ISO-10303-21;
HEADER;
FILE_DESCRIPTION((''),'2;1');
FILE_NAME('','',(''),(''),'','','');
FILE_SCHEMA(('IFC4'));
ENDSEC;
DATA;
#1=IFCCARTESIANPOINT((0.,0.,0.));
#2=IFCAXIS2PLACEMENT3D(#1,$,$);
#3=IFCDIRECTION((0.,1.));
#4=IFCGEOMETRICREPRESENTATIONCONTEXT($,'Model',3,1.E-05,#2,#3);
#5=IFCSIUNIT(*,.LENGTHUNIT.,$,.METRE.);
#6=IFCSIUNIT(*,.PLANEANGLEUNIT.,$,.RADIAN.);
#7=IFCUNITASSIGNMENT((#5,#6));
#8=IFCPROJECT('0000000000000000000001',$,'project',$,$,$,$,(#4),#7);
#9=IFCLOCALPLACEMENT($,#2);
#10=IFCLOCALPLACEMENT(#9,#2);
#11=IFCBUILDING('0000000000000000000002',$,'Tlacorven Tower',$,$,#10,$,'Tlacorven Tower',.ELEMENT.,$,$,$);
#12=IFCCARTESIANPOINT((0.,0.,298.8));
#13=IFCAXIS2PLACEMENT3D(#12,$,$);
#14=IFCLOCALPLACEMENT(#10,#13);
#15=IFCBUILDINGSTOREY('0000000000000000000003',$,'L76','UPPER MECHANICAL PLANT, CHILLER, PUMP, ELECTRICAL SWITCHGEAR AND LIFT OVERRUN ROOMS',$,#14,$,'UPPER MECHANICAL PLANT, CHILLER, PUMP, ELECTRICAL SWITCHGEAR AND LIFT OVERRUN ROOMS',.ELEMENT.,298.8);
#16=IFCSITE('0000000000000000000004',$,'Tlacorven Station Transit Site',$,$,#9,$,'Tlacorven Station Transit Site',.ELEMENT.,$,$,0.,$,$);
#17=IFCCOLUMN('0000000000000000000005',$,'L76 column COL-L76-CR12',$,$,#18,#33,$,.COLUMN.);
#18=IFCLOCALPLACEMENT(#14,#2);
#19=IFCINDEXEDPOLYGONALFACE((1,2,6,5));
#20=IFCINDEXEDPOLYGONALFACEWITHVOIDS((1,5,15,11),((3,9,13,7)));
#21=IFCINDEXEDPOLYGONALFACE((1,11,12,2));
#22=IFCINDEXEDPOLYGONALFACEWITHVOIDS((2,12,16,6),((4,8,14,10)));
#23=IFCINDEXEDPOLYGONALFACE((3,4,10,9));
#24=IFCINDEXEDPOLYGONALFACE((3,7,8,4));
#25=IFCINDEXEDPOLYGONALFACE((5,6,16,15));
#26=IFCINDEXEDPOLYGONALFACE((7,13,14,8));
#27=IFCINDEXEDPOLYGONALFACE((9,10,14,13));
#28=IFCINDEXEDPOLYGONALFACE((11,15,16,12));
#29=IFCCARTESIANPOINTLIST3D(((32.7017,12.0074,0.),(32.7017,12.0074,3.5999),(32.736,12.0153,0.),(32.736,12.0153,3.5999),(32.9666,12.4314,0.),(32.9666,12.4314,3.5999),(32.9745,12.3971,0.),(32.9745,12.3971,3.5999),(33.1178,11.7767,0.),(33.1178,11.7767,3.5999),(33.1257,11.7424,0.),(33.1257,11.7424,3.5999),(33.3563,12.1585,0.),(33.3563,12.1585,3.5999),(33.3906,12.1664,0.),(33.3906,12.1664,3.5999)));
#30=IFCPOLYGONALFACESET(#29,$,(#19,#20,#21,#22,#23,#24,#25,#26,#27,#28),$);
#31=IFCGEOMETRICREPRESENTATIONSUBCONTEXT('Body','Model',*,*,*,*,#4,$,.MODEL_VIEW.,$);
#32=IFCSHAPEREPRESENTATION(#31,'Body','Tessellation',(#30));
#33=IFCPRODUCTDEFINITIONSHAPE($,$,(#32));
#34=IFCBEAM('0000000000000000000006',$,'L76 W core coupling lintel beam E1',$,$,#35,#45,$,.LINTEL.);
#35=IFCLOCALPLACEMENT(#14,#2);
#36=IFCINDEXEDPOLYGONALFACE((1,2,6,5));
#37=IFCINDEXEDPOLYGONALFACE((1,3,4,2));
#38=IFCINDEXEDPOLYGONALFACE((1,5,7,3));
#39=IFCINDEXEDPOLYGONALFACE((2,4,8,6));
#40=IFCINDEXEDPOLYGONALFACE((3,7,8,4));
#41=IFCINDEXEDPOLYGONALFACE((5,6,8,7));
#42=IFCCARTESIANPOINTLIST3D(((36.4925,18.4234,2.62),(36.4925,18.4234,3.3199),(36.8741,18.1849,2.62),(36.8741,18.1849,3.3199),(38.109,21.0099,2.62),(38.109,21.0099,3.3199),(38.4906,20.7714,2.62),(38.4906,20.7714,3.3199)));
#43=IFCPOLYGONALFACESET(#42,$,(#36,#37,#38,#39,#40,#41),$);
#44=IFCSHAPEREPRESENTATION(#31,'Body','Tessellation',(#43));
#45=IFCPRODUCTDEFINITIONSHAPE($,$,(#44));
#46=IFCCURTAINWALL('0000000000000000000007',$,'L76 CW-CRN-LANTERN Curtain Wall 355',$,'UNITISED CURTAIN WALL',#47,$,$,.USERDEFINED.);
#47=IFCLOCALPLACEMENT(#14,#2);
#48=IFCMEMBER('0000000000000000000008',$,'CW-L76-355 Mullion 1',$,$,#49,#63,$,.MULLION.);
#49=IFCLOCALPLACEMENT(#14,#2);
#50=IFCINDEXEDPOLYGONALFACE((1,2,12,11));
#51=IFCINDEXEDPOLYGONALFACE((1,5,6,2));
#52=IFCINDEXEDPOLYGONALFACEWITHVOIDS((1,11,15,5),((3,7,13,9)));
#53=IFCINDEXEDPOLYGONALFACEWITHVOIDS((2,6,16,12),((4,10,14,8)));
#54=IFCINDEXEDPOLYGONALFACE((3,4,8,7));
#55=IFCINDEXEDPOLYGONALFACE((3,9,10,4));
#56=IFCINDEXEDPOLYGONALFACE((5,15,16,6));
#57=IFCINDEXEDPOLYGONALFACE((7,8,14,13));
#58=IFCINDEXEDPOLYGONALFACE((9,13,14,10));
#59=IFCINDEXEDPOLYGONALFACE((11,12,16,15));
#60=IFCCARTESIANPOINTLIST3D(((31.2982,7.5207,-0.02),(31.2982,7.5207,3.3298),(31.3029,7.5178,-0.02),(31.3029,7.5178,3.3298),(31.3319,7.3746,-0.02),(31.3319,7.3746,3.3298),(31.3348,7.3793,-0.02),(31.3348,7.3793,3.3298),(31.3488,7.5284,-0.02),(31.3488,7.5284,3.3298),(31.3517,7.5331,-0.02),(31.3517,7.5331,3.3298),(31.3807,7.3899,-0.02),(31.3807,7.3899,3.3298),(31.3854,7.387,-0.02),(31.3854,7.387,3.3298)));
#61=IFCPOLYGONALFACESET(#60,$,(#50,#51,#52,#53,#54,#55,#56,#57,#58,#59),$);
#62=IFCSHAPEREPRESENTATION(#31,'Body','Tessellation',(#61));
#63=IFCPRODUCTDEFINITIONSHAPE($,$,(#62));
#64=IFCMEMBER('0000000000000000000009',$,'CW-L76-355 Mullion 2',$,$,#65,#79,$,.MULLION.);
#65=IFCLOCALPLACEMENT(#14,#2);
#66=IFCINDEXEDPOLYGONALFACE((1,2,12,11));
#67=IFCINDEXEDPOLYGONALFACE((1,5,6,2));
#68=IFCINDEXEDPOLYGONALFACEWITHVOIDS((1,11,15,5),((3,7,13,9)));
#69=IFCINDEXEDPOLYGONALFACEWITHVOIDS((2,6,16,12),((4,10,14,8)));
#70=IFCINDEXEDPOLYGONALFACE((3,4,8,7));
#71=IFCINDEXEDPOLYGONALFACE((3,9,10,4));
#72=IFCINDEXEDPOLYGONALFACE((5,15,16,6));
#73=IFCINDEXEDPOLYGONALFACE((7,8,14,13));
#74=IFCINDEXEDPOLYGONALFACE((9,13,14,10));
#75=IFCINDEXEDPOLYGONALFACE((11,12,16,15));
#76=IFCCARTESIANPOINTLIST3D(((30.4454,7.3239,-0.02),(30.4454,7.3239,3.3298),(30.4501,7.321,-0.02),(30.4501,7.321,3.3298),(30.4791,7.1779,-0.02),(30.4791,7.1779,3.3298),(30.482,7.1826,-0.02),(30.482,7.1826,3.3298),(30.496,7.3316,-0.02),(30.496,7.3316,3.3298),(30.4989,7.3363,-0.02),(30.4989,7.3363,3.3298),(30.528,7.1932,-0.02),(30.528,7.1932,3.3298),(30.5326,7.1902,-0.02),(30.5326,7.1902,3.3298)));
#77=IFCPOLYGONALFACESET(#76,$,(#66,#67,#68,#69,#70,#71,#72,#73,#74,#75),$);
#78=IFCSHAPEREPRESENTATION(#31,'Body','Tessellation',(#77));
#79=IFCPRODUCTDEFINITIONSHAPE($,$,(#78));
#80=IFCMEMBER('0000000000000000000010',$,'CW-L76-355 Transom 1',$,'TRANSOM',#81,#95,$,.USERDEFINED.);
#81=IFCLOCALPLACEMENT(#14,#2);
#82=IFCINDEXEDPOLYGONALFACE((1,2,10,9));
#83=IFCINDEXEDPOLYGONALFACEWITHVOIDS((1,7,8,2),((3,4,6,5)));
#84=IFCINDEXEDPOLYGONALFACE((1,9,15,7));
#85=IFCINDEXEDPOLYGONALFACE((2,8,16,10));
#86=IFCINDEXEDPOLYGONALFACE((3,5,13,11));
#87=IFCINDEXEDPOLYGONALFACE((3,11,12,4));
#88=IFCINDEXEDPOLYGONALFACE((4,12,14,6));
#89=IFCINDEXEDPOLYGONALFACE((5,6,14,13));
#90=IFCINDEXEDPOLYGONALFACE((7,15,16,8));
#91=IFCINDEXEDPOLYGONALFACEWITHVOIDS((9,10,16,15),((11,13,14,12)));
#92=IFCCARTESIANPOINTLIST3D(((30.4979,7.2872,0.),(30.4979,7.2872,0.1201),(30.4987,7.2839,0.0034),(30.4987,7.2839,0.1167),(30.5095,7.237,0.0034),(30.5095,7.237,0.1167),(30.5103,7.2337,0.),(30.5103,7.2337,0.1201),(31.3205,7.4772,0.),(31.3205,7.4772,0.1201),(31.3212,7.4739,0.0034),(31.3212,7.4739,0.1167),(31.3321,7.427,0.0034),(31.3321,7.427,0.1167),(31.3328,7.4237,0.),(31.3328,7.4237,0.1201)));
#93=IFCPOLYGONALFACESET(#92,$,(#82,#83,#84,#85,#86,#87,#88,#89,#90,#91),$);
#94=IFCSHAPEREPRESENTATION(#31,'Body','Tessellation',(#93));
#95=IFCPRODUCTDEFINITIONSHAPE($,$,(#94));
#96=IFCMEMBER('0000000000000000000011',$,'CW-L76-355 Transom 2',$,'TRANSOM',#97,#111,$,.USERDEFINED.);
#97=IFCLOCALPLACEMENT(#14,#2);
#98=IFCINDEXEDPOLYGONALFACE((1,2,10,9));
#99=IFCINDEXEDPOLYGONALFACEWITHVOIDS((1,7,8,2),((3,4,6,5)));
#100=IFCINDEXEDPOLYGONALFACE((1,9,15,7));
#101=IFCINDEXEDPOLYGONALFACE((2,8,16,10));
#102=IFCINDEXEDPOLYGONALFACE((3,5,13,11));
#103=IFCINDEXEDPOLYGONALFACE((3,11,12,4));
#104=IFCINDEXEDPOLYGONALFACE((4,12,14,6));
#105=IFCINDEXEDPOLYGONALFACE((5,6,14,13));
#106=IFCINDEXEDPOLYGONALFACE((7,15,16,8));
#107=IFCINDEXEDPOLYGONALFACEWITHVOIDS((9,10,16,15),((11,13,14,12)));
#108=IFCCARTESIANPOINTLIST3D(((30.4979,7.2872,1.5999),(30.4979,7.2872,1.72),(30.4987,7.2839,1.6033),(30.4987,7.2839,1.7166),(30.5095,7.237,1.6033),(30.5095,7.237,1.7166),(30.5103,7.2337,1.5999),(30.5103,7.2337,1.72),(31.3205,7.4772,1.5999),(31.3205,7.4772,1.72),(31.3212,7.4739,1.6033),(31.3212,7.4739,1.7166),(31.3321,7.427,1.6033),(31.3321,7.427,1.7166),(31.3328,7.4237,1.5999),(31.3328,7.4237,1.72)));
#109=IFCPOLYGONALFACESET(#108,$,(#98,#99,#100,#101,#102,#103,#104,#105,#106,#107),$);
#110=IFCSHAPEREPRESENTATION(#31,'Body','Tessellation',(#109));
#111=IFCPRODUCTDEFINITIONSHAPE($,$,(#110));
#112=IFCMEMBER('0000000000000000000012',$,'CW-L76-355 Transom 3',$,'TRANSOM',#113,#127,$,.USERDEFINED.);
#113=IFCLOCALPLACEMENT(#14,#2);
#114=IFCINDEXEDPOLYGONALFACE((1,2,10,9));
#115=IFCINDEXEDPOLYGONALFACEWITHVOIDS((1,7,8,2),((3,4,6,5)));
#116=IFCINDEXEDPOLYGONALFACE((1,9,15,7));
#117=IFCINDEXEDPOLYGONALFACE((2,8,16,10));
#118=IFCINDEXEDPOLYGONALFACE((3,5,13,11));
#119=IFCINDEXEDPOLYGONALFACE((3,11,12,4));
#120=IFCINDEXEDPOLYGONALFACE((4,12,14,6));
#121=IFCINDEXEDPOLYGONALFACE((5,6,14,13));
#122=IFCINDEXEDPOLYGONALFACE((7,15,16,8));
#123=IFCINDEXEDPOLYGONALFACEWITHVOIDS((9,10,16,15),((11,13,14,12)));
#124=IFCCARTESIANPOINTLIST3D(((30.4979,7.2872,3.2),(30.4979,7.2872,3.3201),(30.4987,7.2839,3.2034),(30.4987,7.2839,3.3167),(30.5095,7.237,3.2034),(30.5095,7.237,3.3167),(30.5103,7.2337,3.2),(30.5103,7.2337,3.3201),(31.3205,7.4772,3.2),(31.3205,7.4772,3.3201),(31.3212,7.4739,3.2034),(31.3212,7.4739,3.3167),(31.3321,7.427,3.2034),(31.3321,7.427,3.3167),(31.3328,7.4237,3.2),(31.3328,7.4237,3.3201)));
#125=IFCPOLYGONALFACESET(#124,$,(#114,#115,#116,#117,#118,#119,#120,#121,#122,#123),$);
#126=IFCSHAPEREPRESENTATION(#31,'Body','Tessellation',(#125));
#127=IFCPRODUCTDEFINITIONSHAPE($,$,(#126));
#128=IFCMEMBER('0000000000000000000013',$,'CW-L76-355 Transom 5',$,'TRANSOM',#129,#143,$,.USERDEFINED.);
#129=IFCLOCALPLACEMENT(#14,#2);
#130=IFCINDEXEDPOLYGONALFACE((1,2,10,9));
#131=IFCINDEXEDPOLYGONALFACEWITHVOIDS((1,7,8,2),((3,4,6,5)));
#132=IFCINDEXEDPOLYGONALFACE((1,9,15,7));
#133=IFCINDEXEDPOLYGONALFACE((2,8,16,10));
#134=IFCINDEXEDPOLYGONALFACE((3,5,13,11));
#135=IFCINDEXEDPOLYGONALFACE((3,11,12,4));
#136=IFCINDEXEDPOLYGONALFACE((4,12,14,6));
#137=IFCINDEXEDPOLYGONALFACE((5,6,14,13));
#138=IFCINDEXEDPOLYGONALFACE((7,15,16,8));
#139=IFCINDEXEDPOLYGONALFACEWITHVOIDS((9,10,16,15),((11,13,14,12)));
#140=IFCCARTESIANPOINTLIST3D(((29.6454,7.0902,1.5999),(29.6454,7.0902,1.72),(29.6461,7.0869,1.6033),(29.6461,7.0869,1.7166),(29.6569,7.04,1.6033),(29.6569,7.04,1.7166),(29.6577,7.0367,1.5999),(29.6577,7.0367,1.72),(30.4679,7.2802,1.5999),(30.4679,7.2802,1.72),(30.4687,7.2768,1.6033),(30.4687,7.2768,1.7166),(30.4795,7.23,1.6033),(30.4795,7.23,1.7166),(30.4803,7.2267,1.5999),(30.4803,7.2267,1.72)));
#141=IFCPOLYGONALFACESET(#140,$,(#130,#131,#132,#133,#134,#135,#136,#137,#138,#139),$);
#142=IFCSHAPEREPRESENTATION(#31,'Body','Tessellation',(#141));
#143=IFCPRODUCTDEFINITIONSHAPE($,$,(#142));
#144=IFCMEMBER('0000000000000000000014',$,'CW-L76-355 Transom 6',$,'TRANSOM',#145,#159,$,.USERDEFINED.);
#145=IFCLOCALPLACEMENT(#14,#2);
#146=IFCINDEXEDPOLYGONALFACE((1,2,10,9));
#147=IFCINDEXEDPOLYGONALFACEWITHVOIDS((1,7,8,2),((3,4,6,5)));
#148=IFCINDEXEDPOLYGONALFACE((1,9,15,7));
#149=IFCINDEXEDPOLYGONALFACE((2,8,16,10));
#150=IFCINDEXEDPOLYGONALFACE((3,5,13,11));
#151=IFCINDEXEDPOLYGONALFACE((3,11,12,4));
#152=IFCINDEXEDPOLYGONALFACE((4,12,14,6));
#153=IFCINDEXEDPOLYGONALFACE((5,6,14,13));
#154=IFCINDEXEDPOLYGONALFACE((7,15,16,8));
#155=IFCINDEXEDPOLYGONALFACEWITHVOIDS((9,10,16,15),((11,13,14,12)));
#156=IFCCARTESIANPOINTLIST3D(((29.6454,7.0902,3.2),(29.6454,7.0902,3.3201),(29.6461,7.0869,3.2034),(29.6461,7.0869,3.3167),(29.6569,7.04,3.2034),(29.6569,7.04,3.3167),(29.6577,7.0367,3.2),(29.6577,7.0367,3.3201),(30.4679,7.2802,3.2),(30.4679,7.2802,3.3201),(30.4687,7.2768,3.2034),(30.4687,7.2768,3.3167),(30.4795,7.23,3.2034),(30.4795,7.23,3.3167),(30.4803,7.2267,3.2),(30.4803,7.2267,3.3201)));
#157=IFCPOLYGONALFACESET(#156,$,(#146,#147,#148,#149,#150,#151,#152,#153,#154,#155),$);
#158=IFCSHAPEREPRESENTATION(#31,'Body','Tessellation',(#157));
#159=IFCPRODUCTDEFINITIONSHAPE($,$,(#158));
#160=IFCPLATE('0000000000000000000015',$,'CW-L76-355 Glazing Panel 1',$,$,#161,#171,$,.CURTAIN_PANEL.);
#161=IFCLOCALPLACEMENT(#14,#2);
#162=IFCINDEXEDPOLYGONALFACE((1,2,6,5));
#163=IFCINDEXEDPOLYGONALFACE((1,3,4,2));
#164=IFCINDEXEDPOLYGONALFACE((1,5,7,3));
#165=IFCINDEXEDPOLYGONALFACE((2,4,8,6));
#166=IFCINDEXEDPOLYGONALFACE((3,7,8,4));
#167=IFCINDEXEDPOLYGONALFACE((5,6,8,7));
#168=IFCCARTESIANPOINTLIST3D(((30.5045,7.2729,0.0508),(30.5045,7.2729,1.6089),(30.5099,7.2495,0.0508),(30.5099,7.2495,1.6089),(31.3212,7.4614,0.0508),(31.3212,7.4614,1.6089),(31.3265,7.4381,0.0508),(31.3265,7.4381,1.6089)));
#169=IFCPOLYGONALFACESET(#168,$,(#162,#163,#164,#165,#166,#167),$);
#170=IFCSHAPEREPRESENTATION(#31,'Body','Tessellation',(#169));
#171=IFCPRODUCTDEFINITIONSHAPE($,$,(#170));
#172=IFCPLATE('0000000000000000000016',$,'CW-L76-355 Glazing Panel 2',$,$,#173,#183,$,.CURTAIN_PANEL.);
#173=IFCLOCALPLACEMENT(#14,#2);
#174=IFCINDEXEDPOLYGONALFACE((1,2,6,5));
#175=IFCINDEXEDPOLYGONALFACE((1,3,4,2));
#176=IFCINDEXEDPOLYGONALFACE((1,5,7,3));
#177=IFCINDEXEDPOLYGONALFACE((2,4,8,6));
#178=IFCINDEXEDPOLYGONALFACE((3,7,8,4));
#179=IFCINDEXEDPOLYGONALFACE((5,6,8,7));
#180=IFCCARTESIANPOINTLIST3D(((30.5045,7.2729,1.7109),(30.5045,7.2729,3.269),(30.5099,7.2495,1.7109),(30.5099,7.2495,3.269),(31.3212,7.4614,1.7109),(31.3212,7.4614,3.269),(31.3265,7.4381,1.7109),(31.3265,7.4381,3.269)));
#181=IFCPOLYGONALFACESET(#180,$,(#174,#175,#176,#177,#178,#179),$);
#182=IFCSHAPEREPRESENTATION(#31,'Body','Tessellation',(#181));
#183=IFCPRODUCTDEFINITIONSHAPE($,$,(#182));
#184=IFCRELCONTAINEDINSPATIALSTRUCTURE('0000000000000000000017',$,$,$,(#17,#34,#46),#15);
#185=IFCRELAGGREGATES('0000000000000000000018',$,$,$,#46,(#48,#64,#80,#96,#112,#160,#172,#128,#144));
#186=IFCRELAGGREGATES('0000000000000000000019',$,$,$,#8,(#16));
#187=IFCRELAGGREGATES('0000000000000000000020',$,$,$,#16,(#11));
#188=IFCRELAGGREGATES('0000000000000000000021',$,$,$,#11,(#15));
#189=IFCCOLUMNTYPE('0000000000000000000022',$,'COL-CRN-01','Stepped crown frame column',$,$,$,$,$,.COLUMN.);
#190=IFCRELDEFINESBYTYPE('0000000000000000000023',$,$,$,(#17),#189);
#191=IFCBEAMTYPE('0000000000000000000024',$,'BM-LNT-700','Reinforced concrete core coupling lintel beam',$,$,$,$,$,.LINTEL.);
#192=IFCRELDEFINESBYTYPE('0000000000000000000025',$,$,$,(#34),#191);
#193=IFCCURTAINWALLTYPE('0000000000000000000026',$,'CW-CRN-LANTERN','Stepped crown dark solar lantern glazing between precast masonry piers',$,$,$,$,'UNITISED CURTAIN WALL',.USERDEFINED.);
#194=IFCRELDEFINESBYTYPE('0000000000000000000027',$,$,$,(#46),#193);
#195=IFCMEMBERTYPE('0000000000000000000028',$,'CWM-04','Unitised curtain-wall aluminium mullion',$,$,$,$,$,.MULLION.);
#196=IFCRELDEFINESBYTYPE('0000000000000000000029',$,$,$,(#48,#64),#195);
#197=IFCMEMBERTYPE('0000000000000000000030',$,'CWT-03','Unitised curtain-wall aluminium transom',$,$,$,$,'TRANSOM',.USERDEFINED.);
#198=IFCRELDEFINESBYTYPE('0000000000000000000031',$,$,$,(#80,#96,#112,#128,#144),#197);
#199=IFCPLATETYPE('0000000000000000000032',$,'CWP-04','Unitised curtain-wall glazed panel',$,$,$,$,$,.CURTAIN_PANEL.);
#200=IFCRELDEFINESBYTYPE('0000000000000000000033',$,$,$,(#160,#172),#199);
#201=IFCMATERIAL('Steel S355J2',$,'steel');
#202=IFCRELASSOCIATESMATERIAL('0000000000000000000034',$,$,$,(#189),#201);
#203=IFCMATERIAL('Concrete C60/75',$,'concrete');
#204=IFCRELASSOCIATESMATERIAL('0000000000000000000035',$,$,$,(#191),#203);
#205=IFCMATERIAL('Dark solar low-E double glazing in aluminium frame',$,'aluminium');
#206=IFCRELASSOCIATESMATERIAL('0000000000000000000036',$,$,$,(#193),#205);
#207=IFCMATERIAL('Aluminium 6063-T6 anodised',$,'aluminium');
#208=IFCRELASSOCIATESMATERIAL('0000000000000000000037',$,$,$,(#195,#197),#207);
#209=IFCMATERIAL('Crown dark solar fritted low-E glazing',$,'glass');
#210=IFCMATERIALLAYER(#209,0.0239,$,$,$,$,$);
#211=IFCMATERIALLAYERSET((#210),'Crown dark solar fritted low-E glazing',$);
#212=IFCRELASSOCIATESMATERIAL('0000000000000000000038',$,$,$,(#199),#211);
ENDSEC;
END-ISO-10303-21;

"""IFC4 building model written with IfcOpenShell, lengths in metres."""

from ifc_helpers import new_model, si_unit, direction, frame, origin, origin_2d, place, context, subcontext, project, spatial, rectangle, hollow_rectangle, extrude, source, transform, mapped, material, layer, layer_set, material_profile, profile_set, type_object, element, aggregate, save


model = new_model("IFC4")

# Units and contexts
model_context = context("Model", 3, precision=1e-05, world=origin(), true_north=direction((0.0, 1.0)))
body_context = subcontext(model_context, "Body", "Model", "MODEL_VIEW")
ifc_project = project(units=[si_unit("LENGTHUNIT", "METRE"), si_unit("PLANEANGLEUNIT", "RADIAN")], contexts=[model_context])

# Site, building, storey
site_placement = place(None, origin())
site = spatial("IfcSite", under=ifc_project, at=site_placement, Name="Tlacorven Station Transit Site", LongName="Tlacorven Station Transit Site", CompositionType="ELEMENT", RefElevation=0.0)
building_placement = place(site_placement, origin())
building = spatial("IfcBuilding", under=site, at=building_placement, Name="Tlacorven Tower", LongName="Tlacorven Tower", CompositionType="ELEMENT")
storey_placement = place(building_placement, frame((0.0, 0.0, 298.8)))
storey = spatial("IfcBuildingStorey", under=building, at=storey_placement, Name="L76", Description="UPPER MECHANICAL PLANT, CHILLER, PUMP, ELECTRICAL SWITCHGEAR AND LIFT OVERRUN ROOMS", LongName="UPPER MECHANICAL PLANT, CHILLER, PUMP, ELECTRICAL SWITCHGEAR AND LIFT OVERRUN ROOMS", CompositionType="ELEMENT", Elevation=298.8)

# Column
ifc_material_1 = material(Name="Steel S355J2", Category="steel")
ifc_material_profile_1 = material_profile(ifc_material_1, hollow_rectangle(XDim=0.5, YDim=0.5, WallThickness=0.0249, at=origin_2d()), Name="BOX 500X500X25")
ifc_profile_set_1 = profile_set([ifc_material_profile_1], Name="Steel S355J2")
column_type = type_object("IfcColumnType", Name="COL-CRN-01", Description="Stepped crown frame column", PredefinedType="COLUMN", material=ifc_profile_set_1)
shared_shape_1 = source(origin(), body_context, "Body", "SweptSolid", [
    extrude(hollow_rectangle(XDim=0.5, YDim=0.5, WallThickness=0.0249, at=origin_2d()), origin(), (0.0, 0.0, 1.0), 3.5999),
])
column_placement = place(storey_placement, frame((33.0461, 12.0869, 0.0), z_axis=(0.0, 0.0, 1.0), x_axis=(-0.848048, 0.529919, 0.0)))
element("IfcColumn", 1, at=column_placement, inside=storey, type_object=column_type, Name="L76 column COL-L76-CR12", PredefinedType="COLUMN", context=body_context, shape_type="MappedRepresentation", body=[
    mapped(shared_shape_1, transform((0.0, 0.0, 0.0), scale=1.0)),
])

# Beam
ifc_material_2 = material(Name="Concrete C60/75", Category="concrete")
ifc_material_profile_2 = material_profile(ifc_material_2, rectangle(XDim=0.45, YDim=0.7, at=origin_2d()), Name="RC 450X700")
ifc_profile_set_2 = profile_set([ifc_material_profile_2], Name="Concrete C60/75")
beam_type = type_object("IfcBeamType", Name="BM-LNT-700", Description="Reinforced concrete core coupling lintel beam", PredefinedType="LINTEL", material=ifc_profile_set_2)
shared_shape_2 = source(origin(), body_context, "Body", "SweptSolid", [
    extrude(rectangle(XDim=0.45, YDim=0.7, at=origin_2d()), origin(), (0.0, 0.0, 1.0), 3.05),
])
beam_placement = place(storey_placement, frame((38.2998, 20.8906, 2.97), z_axis=(-0.529985, -0.848007, 0.0), x_axis=(0.848007, -0.529985, 0.0)))
element("IfcBeam", 2, at=beam_placement, inside=storey, type_object=beam_type, Name="L76 W core coupling lintel beam E1", PredefinedType="LINTEL", context=body_context, shape_type="MappedRepresentation", body=[
    mapped(shared_shape_2, transform((0.0, 0.0, 0.0), scale=1.0)),
])

# Curtain wall, members, plates
ifc_material_3 = material(Name="Dark solar low-E double glazing in aluminium frame", Category="aluminium")
curtain_wall_type = type_object("IfcCurtainWallType", Name="CW-CRN-LANTERN", Description="Stepped crown dark solar lantern glazing between precast masonry piers", ElementType="UNITISED CURTAIN WALL", PredefinedType="USERDEFINED", material=ifc_material_3)
curtain_wall_placement = place(storey_placement, origin())
curtain_wall = element("IfcCurtainWall", 3, at=curtain_wall_placement, inside=storey, type_object=curtain_wall_type, Name="L76 CW-CRN-LANTERN Curtain Wall 355", ObjectType="UNITISED CURTAIN WALL", PredefinedType="USERDEFINED")
ifc_material_4 = material(Name="Aluminium 6063-T6 anodised", Category="aluminium")
ifc_material_profile_3 = material_profile(ifc_material_4, hollow_rectangle(XDim=0.0549, YDim=0.1499, WallThickness=0.0039, at=origin_2d()), Name="ALU MULLION 55X150")
ifc_profile_set_3 = profile_set([ifc_material_profile_3], Name="Aluminium 6063-T6 anodised")
member_type_1 = type_object("IfcMemberType", Name="CWM-04", Description="Unitised curtain-wall aluminium mullion", PredefinedType="MULLION", material=ifc_profile_set_3)
shared_shape_3 = source(origin(), body_context, "Body", "SweptSolid", [
    extrude(hollow_rectangle(XDim=0.0549, YDim=0.1499, WallThickness=0.0039, at=origin_2d()), origin(), (0.0, 0.0, 1.0), 3.3499),
])
member_1_placement = place(storey_placement, frame((31.3418, 7.4539, -0.02), z_axis=(0.0, 0.0, 1.0), x_axis=(-0.97437, -0.22495, 0.0)))
member_1 = element("IfcMember", 4, at=member_1_placement, type_object=member_type_1, Name="CW-L76-355 Mullion 1", PredefinedType="MULLION", context=body_context, shape_type="MappedRepresentation", body=[
    mapped(shared_shape_3, transform((0.0, 0.0, 0.0), scale=1.0)),
])
member_2_placement = place(storey_placement, frame((30.489, 7.2571, -0.02), z_axis=(0.0, 0.0, 1.0), x_axis=(-0.97437, -0.22495, 0.0)))
member_2 = element("IfcMember", 5, at=member_2_placement, type_object=member_type_1, Name="CW-L76-355 Mullion 2", PredefinedType="MULLION", context=body_context, shape_type="MappedRepresentation", body=[
    mapped(shared_shape_3, transform((0.0, 0.0, 0.0), scale=1.0)),
])
ifc_material_profile_4 = material_profile(ifc_material_4, hollow_rectangle(XDim=0.0549, YDim=0.1201, WallThickness=0.0034, at=origin_2d()), Name="ALU TRANSOM 55X120")
ifc_profile_set_4 = profile_set([ifc_material_profile_4], Name="Aluminium 6063-T6 anodised")
member_type_2 = type_object("IfcMemberType", Name="CWT-03", Description="Unitised curtain-wall aluminium transom", ElementType="TRANSOM", PredefinedType="USERDEFINED", material=ifc_profile_set_4)
shared_shape_4 = source(origin(), body_context, "Body", "SweptSolid", [
    extrude(hollow_rectangle(XDim=0.0549, YDim=0.1201, WallThickness=0.0034, at=origin_2d()), origin(), (0.0, 0.0, 1.0), 0.8442),
])
member_3_placement = place(storey_placement, frame((31.3267, 7.4504, 0.0601), z_axis=(-0.974357, -0.225007, 0.0), x_axis=(0.225007, -0.974357, 0.0)))
member_3 = element("IfcMember", 6, at=member_3_placement, type_object=member_type_2, Name="CW-L76-355 Transom 1", ObjectType="TRANSOM", PredefinedType="USERDEFINED", context=body_context, shape_type="MappedRepresentation", body=[
    mapped(shared_shape_4, transform((0.0, 0.0, 0.0), scale=1.0)),
])
member_4_placement = place(storey_placement, frame((31.3267, 7.4504, 1.6599), z_axis=(-0.974357, -0.225007, 0.0), x_axis=(0.225007, -0.974357, 0.0)))
member_4 = element("IfcMember", 7, at=member_4_placement, type_object=member_type_2, Name="CW-L76-355 Transom 2", ObjectType="TRANSOM", PredefinedType="USERDEFINED", context=body_context, shape_type="MappedRepresentation", body=[
    mapped(shared_shape_4, transform((0.0, 0.0, 0.0), scale=1.0)),
])
member_5_placement = place(storey_placement, frame((31.3267, 7.4504, 3.26), z_axis=(-0.974357, -0.225007, 0.0), x_axis=(0.225007, -0.974357, 0.0)))
member_5 = element("IfcMember", 8, at=member_5_placement, type_object=member_type_2, Name="CW-L76-355 Transom 3", ObjectType="TRANSOM", PredefinedType="USERDEFINED", context=body_context, shape_type="MappedRepresentation", body=[
    mapped(shared_shape_4, transform((0.0, 0.0, 0.0), scale=1.0)),
])
member_6_placement = place(storey_placement, frame((30.4741, 7.2534, 1.6599), z_axis=(-0.974357, -0.225007, 0.0), x_axis=(0.225007, -0.974357, 0.0)))
member_6 = element("IfcMember", 9, at=member_6_placement, type_object=member_type_2, Name="CW-L76-355 Transom 5", ObjectType="TRANSOM", PredefinedType="USERDEFINED", context=body_context, shape_type="MappedRepresentation", body=[
    mapped(shared_shape_4, transform((0.0, 0.0, 0.0), scale=1.0)),
])
member_7_placement = place(storey_placement, frame((30.4741, 7.2534, 3.26), z_axis=(-0.974357, -0.225007, 0.0), x_axis=(0.225007, -0.974357, 0.0)))
member_7 = element("IfcMember", 10, at=member_7_placement, type_object=member_type_2, Name="CW-L76-355 Transom 6", ObjectType="TRANSOM", PredefinedType="USERDEFINED", context=body_context, shape_type="MappedRepresentation", body=[
    mapped(shared_shape_4, transform((0.0, 0.0, 0.0), scale=1.0)),
])
ifc_material_5 = material(Name="Crown dark solar fritted low-E glazing", Category="glass")
ifc_layer_1 = layer(ifc_material_5, 0.0239)
ifc_layer_set_1 = layer_set([ifc_layer_1], Name="Crown dark solar fritted low-E glazing")
plate_type = type_object("IfcPlateType", Name="CWP-04", Description="Unitised curtain-wall glazed panel", PredefinedType="CURTAIN_PANEL", material=ifc_layer_set_1)
shared_shape_5 = source(origin(), body_context, "Body", "SweptSolid", [
    extrude(rectangle(XDim=0.8381, YDim=0.0239, at=origin_2d()), origin(), (0.0, 0.0, 1.0), 1.5581),
])
plate_1_placement = place(storey_placement, frame((30.9155, 7.3555, 0.0508), z_axis=(0.0, 0.0, 1.0), x_axis=(-0.97437, -0.22495, 0.0)))
plate_1 = element("IfcPlate", 11, at=plate_1_placement, type_object=plate_type, Name="CW-L76-355 Glazing Panel 1", PredefinedType="CURTAIN_PANEL", context=body_context, shape_type="MappedRepresentation", body=[
    mapped(shared_shape_5, transform((0.0, 0.0, 0.0), scale=1.0)),
])
plate_2_placement = place(storey_placement, frame((30.9155, 7.3555, 1.7109), z_axis=(0.0, 0.0, 1.0), x_axis=(-0.97437, -0.22495, 0.0)))
plate_2 = element("IfcPlate", 12, at=plate_2_placement, type_object=plate_type, Name="CW-L76-355 Glazing Panel 2", PredefinedType="CURTAIN_PANEL", context=body_context, shape_type="MappedRepresentation", body=[
    mapped(shared_shape_5, transform((0.0, 0.0, 0.0), scale=1.0)),
])
aggregate(curtain_wall, [member_1, member_2, member_3, member_4, member_5, plate_1, plate_2, member_6, member_7])

save(model, "model.ifc")
